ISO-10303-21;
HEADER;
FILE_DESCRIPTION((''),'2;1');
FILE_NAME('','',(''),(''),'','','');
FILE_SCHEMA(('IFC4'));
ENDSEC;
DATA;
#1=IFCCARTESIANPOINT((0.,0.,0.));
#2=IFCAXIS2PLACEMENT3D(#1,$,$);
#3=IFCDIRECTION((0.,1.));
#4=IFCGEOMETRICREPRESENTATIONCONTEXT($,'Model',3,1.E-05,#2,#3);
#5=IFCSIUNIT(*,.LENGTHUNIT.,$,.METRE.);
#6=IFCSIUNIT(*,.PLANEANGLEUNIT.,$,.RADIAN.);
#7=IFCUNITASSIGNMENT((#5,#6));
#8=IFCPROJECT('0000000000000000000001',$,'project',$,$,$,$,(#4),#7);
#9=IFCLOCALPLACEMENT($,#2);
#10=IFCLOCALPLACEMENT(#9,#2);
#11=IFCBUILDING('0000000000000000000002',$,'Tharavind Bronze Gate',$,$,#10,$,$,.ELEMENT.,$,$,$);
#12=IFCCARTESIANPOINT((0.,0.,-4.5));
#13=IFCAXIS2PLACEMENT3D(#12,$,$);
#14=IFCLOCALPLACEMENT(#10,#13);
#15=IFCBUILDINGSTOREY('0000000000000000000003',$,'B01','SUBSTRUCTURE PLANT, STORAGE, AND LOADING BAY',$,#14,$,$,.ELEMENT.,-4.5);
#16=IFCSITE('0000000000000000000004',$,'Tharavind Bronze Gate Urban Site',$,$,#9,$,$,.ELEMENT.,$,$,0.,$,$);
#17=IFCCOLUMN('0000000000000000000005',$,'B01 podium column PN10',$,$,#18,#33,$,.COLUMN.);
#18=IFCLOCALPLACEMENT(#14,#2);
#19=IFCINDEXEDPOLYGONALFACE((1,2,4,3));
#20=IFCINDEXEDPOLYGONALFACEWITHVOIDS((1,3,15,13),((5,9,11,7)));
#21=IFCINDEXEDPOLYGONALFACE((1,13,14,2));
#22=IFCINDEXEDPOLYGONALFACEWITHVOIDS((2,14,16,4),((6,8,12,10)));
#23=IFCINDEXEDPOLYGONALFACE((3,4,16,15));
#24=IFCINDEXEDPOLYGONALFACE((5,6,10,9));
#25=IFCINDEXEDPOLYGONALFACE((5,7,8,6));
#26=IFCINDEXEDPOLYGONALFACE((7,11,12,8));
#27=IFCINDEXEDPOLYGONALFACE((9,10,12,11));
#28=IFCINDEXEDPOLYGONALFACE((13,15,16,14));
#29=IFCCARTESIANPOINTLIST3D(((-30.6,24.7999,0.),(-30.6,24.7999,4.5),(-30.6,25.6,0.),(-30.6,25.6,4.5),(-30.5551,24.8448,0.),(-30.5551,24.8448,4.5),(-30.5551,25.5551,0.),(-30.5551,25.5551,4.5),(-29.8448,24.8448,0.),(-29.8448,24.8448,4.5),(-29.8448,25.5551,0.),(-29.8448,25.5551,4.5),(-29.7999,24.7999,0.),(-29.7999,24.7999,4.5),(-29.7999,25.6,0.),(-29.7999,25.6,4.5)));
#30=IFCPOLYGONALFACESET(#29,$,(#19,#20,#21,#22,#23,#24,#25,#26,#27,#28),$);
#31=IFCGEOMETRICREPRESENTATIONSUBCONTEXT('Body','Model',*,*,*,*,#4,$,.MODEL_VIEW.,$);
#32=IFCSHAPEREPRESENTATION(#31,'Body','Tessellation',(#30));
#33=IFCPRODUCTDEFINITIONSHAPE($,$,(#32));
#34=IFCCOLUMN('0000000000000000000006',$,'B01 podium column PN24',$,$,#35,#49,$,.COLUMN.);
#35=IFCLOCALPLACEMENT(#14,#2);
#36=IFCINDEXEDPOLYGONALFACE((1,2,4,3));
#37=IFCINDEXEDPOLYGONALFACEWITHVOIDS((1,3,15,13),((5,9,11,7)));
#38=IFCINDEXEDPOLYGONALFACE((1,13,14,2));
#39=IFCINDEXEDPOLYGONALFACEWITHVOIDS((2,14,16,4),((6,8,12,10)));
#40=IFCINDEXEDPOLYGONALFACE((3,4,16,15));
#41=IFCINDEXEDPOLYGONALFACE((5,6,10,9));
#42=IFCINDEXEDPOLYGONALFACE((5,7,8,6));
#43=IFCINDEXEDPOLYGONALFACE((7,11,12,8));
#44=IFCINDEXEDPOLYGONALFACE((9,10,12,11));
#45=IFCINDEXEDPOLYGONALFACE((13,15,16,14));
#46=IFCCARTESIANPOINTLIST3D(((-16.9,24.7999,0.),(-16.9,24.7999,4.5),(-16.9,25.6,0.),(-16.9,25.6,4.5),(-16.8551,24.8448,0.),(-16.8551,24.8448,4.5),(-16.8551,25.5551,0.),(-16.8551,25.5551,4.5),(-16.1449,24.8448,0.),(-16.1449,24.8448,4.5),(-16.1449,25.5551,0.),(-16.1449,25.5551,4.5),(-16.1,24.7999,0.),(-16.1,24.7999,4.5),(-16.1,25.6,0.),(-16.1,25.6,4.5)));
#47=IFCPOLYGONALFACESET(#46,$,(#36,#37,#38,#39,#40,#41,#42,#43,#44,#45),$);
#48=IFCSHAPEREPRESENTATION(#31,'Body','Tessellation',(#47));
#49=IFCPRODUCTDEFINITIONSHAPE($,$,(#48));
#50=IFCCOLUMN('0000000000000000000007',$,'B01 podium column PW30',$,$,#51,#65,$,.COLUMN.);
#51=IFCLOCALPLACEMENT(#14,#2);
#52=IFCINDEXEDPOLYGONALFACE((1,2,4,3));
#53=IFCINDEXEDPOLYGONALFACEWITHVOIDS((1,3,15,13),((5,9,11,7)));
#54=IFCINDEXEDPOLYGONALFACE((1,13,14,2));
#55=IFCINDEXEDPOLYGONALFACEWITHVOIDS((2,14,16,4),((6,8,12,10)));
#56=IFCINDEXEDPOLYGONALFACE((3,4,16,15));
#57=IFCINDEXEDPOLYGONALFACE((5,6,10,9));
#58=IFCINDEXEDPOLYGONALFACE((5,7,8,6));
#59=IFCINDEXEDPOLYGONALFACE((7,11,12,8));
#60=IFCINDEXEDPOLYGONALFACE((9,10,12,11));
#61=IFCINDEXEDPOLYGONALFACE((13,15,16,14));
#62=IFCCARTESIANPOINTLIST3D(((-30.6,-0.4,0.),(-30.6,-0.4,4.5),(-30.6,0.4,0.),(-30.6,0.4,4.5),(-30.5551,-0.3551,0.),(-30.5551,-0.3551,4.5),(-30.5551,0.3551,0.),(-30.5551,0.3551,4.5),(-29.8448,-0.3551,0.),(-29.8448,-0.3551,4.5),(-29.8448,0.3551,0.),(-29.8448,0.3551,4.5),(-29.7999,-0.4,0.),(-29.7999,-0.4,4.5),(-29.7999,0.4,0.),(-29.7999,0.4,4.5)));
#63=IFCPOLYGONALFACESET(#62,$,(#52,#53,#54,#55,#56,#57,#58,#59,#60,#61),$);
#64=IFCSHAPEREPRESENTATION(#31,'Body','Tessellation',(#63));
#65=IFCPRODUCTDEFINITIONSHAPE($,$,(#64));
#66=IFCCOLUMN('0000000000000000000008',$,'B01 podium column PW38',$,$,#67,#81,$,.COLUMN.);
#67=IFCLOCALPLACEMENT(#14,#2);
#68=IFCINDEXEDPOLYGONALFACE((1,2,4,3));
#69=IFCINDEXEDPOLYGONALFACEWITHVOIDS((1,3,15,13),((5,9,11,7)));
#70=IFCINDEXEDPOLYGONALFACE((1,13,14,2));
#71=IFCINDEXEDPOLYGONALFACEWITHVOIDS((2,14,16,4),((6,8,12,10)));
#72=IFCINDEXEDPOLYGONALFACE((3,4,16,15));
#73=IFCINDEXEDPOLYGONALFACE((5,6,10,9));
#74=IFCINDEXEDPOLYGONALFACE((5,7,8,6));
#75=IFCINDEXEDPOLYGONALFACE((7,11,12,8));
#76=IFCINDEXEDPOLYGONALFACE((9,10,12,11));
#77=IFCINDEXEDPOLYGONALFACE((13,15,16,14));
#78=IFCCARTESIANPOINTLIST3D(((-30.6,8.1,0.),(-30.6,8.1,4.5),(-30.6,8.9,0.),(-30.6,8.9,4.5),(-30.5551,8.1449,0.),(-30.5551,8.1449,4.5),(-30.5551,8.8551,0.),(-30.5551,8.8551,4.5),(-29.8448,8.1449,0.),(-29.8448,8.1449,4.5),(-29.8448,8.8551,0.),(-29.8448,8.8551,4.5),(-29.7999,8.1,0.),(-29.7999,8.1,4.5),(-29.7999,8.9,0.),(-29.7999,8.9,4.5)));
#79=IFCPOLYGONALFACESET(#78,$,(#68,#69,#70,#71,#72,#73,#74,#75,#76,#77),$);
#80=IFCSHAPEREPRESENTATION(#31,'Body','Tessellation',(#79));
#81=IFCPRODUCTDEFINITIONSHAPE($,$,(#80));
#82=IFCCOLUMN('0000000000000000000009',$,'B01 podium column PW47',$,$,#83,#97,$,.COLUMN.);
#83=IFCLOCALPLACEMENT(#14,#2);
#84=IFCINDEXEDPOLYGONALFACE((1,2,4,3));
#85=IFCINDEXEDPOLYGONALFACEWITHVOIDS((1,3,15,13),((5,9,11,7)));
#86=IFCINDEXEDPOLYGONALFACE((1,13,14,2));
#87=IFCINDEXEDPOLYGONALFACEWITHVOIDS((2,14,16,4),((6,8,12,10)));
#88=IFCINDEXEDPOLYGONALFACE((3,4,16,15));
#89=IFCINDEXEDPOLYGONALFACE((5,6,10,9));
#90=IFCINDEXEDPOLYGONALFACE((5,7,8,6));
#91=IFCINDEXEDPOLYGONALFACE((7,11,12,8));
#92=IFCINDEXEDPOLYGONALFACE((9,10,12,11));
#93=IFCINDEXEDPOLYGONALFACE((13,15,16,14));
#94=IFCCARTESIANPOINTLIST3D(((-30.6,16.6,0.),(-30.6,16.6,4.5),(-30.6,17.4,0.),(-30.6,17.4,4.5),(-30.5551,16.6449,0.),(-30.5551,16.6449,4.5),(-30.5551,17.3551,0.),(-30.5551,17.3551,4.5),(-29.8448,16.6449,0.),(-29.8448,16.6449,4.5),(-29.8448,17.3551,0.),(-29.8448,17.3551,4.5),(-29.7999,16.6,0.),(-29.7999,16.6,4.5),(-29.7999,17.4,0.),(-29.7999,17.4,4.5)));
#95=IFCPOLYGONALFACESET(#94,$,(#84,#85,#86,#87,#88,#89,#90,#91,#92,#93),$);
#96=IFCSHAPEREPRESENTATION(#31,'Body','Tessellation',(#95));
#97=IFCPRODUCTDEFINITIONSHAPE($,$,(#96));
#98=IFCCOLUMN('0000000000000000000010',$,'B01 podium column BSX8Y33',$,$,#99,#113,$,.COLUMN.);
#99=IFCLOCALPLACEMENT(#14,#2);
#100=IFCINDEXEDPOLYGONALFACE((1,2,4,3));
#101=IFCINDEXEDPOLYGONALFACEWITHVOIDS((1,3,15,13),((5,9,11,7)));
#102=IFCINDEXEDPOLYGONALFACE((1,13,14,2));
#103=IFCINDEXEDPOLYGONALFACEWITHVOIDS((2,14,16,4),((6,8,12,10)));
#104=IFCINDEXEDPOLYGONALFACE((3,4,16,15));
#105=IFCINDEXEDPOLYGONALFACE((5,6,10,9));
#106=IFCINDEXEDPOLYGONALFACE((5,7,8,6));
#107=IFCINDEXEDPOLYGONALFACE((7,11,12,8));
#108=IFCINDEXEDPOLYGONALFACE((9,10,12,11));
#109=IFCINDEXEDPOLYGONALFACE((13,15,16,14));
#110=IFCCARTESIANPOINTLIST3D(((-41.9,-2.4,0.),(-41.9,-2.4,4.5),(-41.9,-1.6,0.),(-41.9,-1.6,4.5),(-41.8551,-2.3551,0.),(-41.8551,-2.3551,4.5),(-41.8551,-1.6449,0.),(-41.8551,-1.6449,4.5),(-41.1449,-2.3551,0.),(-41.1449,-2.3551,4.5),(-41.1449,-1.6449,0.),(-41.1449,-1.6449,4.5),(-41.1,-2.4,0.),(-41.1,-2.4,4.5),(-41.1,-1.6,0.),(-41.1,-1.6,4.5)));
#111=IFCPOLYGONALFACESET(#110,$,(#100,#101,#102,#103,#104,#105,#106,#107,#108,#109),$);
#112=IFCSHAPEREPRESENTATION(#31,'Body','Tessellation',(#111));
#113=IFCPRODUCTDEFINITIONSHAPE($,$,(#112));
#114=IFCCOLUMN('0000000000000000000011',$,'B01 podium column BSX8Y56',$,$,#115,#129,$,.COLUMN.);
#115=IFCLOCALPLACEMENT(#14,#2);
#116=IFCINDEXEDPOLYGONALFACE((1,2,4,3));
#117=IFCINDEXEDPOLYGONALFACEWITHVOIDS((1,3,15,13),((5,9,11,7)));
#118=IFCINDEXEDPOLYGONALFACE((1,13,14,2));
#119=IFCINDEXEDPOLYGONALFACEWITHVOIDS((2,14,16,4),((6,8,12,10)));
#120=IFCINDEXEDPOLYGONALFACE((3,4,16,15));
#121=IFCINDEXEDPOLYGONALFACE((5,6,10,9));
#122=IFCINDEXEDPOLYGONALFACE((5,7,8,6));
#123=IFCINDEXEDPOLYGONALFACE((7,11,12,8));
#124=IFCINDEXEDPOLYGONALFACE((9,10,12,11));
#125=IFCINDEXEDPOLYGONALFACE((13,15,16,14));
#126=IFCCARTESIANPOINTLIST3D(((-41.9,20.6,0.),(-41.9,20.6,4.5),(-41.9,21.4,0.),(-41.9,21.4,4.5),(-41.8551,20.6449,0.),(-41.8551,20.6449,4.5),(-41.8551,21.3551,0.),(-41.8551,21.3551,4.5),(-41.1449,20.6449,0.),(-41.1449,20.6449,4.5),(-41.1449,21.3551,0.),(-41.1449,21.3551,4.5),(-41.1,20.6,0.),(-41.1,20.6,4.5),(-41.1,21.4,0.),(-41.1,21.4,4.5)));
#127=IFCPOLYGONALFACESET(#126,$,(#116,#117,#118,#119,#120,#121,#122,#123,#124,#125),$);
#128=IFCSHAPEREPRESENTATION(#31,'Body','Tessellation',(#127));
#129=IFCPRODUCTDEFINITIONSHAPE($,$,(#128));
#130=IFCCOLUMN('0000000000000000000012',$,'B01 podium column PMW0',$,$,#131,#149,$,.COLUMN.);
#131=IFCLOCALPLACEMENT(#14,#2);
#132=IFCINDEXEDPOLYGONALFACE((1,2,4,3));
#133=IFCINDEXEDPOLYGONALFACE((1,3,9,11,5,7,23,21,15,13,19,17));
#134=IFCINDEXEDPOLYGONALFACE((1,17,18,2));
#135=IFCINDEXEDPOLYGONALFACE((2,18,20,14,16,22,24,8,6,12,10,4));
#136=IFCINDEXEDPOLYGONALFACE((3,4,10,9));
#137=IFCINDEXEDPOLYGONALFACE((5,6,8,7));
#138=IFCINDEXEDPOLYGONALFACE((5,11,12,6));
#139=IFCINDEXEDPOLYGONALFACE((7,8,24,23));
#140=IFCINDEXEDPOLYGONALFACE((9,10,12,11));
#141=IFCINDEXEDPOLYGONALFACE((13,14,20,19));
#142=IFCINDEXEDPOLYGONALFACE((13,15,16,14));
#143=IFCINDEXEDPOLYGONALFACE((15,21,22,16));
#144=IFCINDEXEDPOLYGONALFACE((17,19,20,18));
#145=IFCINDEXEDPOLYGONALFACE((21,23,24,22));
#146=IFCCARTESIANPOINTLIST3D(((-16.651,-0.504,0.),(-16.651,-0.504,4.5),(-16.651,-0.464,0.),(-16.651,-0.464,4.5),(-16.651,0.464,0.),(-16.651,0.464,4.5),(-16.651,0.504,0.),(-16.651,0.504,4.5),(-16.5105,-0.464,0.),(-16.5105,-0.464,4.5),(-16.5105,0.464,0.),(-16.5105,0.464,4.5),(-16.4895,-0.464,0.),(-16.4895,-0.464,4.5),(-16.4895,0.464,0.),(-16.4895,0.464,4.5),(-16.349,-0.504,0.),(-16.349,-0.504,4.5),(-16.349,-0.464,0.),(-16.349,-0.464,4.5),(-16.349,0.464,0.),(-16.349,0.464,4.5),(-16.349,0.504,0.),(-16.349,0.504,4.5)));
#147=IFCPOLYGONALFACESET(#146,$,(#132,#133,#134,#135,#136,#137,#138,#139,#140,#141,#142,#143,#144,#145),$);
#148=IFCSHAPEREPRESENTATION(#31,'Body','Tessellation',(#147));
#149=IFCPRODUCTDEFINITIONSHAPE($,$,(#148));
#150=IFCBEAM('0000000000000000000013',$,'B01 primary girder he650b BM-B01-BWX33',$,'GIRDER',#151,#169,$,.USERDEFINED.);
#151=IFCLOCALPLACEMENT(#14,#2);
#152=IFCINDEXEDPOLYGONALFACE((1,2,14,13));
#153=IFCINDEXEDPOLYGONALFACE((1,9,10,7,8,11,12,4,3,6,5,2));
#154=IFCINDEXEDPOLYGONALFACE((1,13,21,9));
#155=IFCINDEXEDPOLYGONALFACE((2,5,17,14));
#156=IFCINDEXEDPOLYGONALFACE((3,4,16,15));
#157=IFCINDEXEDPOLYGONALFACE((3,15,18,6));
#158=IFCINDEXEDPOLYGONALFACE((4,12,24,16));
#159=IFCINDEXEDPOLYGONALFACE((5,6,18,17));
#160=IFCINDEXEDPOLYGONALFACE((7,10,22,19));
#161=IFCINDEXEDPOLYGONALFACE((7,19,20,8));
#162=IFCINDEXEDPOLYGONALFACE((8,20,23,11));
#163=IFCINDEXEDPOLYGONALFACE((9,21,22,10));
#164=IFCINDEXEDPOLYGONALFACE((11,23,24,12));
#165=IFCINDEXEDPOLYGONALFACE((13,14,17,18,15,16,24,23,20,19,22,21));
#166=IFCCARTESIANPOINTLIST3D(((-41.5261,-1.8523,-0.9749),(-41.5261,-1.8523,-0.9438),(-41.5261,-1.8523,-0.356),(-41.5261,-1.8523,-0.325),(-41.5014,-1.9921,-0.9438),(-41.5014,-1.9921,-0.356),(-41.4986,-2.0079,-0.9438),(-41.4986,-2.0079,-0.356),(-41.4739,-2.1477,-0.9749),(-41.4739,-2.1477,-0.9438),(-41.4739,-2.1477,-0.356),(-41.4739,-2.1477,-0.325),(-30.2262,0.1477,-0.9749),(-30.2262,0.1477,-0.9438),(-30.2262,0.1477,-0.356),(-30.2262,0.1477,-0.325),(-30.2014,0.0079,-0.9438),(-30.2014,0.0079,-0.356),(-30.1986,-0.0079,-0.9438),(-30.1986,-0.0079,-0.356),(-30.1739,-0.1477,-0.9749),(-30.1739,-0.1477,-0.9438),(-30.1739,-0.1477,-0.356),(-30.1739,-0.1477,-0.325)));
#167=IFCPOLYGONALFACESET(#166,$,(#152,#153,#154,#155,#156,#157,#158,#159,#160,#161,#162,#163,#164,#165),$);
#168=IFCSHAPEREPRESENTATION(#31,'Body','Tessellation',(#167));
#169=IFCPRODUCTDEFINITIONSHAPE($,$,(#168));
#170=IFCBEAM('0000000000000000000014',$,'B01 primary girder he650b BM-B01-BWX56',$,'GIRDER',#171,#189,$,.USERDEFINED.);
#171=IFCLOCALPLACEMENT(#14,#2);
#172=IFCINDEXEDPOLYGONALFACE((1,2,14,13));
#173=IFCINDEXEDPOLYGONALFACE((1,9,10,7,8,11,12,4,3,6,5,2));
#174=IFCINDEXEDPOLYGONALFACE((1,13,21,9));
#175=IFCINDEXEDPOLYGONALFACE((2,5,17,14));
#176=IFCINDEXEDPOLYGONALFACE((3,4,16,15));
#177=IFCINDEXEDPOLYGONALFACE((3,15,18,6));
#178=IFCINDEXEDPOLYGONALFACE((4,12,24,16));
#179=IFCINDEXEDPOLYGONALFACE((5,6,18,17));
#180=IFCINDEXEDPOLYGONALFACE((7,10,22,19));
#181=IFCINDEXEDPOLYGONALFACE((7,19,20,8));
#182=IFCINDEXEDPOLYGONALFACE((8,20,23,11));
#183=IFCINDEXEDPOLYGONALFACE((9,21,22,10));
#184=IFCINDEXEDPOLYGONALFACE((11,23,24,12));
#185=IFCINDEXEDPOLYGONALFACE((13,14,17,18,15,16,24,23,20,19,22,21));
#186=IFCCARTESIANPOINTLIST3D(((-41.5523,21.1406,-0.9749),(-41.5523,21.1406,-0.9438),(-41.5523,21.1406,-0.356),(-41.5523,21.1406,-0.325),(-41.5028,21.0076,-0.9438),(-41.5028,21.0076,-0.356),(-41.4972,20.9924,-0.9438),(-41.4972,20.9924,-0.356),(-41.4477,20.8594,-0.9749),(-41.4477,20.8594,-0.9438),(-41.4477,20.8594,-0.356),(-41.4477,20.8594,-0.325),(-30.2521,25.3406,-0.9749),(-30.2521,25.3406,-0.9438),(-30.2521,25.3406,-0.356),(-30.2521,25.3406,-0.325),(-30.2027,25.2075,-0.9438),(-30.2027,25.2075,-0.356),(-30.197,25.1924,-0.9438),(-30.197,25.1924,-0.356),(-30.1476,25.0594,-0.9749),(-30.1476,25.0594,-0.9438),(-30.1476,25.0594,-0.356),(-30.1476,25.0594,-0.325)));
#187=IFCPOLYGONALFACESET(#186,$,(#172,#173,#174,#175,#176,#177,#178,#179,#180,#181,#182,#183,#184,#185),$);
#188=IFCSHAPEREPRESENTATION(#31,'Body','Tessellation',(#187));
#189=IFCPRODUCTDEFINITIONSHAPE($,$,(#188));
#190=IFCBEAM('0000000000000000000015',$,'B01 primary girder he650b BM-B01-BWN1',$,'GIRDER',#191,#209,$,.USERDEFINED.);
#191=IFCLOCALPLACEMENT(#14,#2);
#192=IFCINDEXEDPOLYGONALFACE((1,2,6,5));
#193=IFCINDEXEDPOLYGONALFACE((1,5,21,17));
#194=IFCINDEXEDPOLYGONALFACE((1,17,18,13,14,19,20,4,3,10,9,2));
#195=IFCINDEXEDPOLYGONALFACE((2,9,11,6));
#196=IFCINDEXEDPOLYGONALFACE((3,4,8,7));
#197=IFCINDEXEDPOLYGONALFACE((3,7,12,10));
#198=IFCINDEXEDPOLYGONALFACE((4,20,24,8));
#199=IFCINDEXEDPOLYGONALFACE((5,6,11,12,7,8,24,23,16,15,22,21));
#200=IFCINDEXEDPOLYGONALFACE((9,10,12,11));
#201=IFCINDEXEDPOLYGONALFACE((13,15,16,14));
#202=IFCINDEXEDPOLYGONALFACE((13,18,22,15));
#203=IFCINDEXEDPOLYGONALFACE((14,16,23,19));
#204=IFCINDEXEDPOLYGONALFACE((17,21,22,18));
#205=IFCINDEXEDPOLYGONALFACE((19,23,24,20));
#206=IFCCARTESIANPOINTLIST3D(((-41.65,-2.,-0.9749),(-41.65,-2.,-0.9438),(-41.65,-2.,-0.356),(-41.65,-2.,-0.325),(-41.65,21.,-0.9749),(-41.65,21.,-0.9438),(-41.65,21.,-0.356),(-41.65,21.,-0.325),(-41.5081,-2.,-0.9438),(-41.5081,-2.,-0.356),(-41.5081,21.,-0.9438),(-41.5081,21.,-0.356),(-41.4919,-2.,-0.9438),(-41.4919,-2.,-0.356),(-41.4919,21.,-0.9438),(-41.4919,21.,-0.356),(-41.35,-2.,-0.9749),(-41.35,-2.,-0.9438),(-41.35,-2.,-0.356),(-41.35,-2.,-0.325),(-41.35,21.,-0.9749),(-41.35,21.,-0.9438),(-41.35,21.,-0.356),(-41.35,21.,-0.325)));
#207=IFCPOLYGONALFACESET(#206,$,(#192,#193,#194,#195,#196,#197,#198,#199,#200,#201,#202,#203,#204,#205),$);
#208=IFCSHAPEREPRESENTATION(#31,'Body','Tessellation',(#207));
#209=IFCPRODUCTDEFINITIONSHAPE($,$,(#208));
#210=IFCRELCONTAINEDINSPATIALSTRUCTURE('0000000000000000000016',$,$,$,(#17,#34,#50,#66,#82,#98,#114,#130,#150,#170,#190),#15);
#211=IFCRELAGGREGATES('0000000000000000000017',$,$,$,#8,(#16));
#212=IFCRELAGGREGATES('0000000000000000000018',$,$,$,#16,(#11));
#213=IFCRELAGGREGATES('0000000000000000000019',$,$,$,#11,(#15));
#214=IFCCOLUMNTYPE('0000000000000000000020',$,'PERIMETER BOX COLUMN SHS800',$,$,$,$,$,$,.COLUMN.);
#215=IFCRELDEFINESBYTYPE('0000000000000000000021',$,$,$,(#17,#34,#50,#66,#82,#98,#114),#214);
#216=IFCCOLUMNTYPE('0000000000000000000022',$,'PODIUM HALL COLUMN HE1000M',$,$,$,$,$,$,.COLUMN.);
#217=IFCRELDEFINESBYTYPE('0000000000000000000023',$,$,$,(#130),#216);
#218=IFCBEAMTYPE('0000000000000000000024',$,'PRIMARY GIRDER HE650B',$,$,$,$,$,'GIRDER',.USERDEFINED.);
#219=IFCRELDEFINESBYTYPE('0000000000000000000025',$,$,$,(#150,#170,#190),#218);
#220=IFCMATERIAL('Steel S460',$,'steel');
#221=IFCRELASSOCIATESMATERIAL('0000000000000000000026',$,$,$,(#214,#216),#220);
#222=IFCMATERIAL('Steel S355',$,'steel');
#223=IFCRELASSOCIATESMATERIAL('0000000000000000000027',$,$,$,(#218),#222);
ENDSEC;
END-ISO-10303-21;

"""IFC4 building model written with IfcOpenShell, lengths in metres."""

from ifc_helpers import new_model, si_unit, direction, frame, origin, origin_2d, place, context, subcontext, project, spatial, hollow_rectangle, i_section, extrude, material, material_profile, profile_set, type_object, element, save


model = new_model("IFC4")

# Units and contexts
model_context = context("Model", 3, precision=1e-05, world=origin(), true_north=direction((0.0, 1.0)))
body_context = subcontext(model_context, "Body", "Model", "MODEL_VIEW")
ifc_project = project(units=[si_unit("LENGTHUNIT", "METRE"), si_unit("PLANEANGLEUNIT", "RADIAN")], contexts=[model_context])

# Site, building, storey
site_placement = place(None, origin())
site = spatial("IfcSite", under=ifc_project, at=site_placement, Name="Tharavind Bronze Gate Urban Site", CompositionType="ELEMENT", RefElevation=0.0)
building_placement = place(site_placement, origin())
building = spatial("IfcBuilding", under=site, at=building_placement, Name="Tharavind Bronze Gate", CompositionType="ELEMENT")
storey_placement = place(building_placement, frame((0.0, 0.0, -4.5)))
storey = spatial("IfcBuildingStorey", under=building, at=storey_placement, Name="B01", Description="SUBSTRUCTURE PLANT, STORAGE, AND LOADING BAY", CompositionType="ELEMENT", Elevation=-4.5)

# Columns
ifc_material_1 = material(Name="Steel S460", Category="steel")
ifc_material_profile_1 = material_profile(ifc_material_1, hollow_rectangle(XDim=0.8, YDim=0.8, WallThickness=0.0449, at=origin_2d()), Name="SHS800X45")
ifc_profile_set_1 = profile_set([ifc_material_profile_1], Name="Steel S460")
column_type_1 = type_object("IfcColumnType", Name="PERIMETER BOX COLUMN SHS800", PredefinedType="COLUMN", material=ifc_profile_set_1)
for number, where, z_axis, x_axis, name in (
    (1, (-30.2, 25.2, 0.0), (0.0, 0.0, 1.0), (1.0, 0.0, 0.0), "B01 podium column PN10"),
    (2, (-16.5, 25.2, 0.0), (0.0, 0.0, 1.0), (1.0, 0.0, 0.0), "B01 podium column PN24"),
    (3, (-30.2, 0.0, 0.0), (0.0, 0.0, 1.0), (1.0, 0.0, 0.0), "B01 podium column PW30"),
    (4, (-30.2, 8.5, 0.0), (0.0, 0.0, 1.0), (1.0, 0.0, 0.0), "B01 podium column PW38"),
    (5, (-30.2, 17.0, 0.0), (0.0, 0.0, 1.0), (1.0, 0.0, 0.0), "B01 podium column PW47"),
    (6, (-41.5, -2.0, 0.0), (0.0, 0.0, 1.0), (1.0, 0.0, 0.0), "B01 podium column BSX8Y33"),
    (7, (-41.5, 21.0, 0.0), (0.0, 0.0, 1.0), (1.0, 0.0, 0.0), "B01 podium column BSX8Y56"),
):
    element("IfcColumn", number, at=place(storey_placement, frame(where, z_axis=z_axis, x_axis=x_axis)), inside=storey, type_object=column_type_1, Name=name, PredefinedType="COLUMN", context=body_context, shape_type="SweptSolid", body=[
        extrude(hollow_rectangle(XDim=0.8, YDim=0.8, WallThickness=0.0449, at=origin_2d()), origin(), (0.0, 0.0, 1.0), 4.5),
    ])
ifc_material_profile_2 = material_profile(ifc_material_1, i_section(OverallWidth=0.302, OverallDepth=1.0081, WebThickness=0.021, FlangeThickness=0.04, at=origin_2d()), Name="HE1000M")
ifc_profile_set_2 = profile_set([ifc_material_profile_2], Name="Steel S460")
column_type_2 = type_object("IfcColumnType", Name="PODIUM HALL COLUMN HE1000M", PredefinedType="COLUMN", material=ifc_profile_set_2)
column_placement = place(storey_placement, frame((-16.5, 0.0, 0.0), z_axis=(0.0, 0.0, 1.0), x_axis=(1.0, 0.0, 0.0)))
element("IfcColumn", 8, at=column_placement, inside=storey, type_object=column_type_2, Name="B01 podium column PMW0", PredefinedType="COLUMN", context=body_context, shape_type="SweptSolid", body=[
    extrude(i_section(OverallWidth=0.302, OverallDepth=1.0081, WebThickness=0.021, FlangeThickness=0.04, at=origin_2d()), origin(), (0.0, 0.0, 1.0), 4.5),
])

# Beams
ifc_material_2 = material(Name="Steel S355", Category="steel")
ifc_material_profile_3 = material_profile(ifc_material_2, i_section(OverallWidth=0.3, OverallDepth=0.6499, WebThickness=0.0161, FlangeThickness=0.031, at=origin_2d()), Name="HE650B")
ifc_profile_set_3 = profile_set([ifc_material_profile_3], Name="Steel S355")
beam_type_1 = type_object("IfcBeamType", Name="PRIMARY GIRDER HE650B", ElementType="GIRDER", PredefinedType="USERDEFINED", material=ifc_profile_set_3)
beam_1_placement = place(storey_placement, frame((-41.5, -2.0, -0.6499), z_axis=(0.984696, 0.174282, 0.0), x_axis=(-0.174282, 0.984696, 0.0)))
element("IfcBeam", 9, at=beam_1_placement, inside=storey, type_object=beam_type_1, Name="B01 primary girder he650b BM-B01-BWX33", ObjectType="GIRDER", PredefinedType="USERDEFINED", context=body_context, shape_type="SweptSolid", body=[
    extrude(i_section(OverallWidth=0.3, OverallDepth=0.6499, WebThickness=0.0161, FlangeThickness=0.031, at=origin_2d()), origin(), (0.0, 0.0, 1.0), 11.4756),
])
beam_2_placement = place(storey_placement, frame((-41.5, 21.0, -0.6499), z_axis=(0.93735, 0.34839, 0.0), x_axis=(-0.34839, 0.93735, 0.0)))
element("IfcBeam", 10, at=beam_2_placement, inside=storey, type_object=beam_type_1, Name="B01 primary girder he650b BM-B01-BWX56", ObjectType="GIRDER", PredefinedType="USERDEFINED", context=body_context, shape_type="SweptSolid", body=[
    extrude(i_section(OverallWidth=0.3, OverallDepth=0.6499, WebThickness=0.0161, FlangeThickness=0.031, at=origin_2d()), origin(), (0.0, 0.0, 1.0), 12.0554),
])
beam_3_placement = place(storey_placement, frame((-41.5, -2.0, -0.6499), z_axis=(0.0, 1.0, 0.0), x_axis=(-1.0, 0.0, 0.0)))
element("IfcBeam", 11, at=beam_3_placement, inside=storey, type_object=beam_type_1, Name="B01 primary girder he650b BM-B01-BWN1", ObjectType="GIRDER", PredefinedType="USERDEFINED", context=body_context, shape_type="SweptSolid", body=[
    extrude(i_section(OverallWidth=0.3, OverallDepth=0.6499, WebThickness=0.0161, FlangeThickness=0.031, at=origin_2d()), origin(), (0.0, 0.0, 1.0), 23.0),
])

save(model, "model.ifc")
